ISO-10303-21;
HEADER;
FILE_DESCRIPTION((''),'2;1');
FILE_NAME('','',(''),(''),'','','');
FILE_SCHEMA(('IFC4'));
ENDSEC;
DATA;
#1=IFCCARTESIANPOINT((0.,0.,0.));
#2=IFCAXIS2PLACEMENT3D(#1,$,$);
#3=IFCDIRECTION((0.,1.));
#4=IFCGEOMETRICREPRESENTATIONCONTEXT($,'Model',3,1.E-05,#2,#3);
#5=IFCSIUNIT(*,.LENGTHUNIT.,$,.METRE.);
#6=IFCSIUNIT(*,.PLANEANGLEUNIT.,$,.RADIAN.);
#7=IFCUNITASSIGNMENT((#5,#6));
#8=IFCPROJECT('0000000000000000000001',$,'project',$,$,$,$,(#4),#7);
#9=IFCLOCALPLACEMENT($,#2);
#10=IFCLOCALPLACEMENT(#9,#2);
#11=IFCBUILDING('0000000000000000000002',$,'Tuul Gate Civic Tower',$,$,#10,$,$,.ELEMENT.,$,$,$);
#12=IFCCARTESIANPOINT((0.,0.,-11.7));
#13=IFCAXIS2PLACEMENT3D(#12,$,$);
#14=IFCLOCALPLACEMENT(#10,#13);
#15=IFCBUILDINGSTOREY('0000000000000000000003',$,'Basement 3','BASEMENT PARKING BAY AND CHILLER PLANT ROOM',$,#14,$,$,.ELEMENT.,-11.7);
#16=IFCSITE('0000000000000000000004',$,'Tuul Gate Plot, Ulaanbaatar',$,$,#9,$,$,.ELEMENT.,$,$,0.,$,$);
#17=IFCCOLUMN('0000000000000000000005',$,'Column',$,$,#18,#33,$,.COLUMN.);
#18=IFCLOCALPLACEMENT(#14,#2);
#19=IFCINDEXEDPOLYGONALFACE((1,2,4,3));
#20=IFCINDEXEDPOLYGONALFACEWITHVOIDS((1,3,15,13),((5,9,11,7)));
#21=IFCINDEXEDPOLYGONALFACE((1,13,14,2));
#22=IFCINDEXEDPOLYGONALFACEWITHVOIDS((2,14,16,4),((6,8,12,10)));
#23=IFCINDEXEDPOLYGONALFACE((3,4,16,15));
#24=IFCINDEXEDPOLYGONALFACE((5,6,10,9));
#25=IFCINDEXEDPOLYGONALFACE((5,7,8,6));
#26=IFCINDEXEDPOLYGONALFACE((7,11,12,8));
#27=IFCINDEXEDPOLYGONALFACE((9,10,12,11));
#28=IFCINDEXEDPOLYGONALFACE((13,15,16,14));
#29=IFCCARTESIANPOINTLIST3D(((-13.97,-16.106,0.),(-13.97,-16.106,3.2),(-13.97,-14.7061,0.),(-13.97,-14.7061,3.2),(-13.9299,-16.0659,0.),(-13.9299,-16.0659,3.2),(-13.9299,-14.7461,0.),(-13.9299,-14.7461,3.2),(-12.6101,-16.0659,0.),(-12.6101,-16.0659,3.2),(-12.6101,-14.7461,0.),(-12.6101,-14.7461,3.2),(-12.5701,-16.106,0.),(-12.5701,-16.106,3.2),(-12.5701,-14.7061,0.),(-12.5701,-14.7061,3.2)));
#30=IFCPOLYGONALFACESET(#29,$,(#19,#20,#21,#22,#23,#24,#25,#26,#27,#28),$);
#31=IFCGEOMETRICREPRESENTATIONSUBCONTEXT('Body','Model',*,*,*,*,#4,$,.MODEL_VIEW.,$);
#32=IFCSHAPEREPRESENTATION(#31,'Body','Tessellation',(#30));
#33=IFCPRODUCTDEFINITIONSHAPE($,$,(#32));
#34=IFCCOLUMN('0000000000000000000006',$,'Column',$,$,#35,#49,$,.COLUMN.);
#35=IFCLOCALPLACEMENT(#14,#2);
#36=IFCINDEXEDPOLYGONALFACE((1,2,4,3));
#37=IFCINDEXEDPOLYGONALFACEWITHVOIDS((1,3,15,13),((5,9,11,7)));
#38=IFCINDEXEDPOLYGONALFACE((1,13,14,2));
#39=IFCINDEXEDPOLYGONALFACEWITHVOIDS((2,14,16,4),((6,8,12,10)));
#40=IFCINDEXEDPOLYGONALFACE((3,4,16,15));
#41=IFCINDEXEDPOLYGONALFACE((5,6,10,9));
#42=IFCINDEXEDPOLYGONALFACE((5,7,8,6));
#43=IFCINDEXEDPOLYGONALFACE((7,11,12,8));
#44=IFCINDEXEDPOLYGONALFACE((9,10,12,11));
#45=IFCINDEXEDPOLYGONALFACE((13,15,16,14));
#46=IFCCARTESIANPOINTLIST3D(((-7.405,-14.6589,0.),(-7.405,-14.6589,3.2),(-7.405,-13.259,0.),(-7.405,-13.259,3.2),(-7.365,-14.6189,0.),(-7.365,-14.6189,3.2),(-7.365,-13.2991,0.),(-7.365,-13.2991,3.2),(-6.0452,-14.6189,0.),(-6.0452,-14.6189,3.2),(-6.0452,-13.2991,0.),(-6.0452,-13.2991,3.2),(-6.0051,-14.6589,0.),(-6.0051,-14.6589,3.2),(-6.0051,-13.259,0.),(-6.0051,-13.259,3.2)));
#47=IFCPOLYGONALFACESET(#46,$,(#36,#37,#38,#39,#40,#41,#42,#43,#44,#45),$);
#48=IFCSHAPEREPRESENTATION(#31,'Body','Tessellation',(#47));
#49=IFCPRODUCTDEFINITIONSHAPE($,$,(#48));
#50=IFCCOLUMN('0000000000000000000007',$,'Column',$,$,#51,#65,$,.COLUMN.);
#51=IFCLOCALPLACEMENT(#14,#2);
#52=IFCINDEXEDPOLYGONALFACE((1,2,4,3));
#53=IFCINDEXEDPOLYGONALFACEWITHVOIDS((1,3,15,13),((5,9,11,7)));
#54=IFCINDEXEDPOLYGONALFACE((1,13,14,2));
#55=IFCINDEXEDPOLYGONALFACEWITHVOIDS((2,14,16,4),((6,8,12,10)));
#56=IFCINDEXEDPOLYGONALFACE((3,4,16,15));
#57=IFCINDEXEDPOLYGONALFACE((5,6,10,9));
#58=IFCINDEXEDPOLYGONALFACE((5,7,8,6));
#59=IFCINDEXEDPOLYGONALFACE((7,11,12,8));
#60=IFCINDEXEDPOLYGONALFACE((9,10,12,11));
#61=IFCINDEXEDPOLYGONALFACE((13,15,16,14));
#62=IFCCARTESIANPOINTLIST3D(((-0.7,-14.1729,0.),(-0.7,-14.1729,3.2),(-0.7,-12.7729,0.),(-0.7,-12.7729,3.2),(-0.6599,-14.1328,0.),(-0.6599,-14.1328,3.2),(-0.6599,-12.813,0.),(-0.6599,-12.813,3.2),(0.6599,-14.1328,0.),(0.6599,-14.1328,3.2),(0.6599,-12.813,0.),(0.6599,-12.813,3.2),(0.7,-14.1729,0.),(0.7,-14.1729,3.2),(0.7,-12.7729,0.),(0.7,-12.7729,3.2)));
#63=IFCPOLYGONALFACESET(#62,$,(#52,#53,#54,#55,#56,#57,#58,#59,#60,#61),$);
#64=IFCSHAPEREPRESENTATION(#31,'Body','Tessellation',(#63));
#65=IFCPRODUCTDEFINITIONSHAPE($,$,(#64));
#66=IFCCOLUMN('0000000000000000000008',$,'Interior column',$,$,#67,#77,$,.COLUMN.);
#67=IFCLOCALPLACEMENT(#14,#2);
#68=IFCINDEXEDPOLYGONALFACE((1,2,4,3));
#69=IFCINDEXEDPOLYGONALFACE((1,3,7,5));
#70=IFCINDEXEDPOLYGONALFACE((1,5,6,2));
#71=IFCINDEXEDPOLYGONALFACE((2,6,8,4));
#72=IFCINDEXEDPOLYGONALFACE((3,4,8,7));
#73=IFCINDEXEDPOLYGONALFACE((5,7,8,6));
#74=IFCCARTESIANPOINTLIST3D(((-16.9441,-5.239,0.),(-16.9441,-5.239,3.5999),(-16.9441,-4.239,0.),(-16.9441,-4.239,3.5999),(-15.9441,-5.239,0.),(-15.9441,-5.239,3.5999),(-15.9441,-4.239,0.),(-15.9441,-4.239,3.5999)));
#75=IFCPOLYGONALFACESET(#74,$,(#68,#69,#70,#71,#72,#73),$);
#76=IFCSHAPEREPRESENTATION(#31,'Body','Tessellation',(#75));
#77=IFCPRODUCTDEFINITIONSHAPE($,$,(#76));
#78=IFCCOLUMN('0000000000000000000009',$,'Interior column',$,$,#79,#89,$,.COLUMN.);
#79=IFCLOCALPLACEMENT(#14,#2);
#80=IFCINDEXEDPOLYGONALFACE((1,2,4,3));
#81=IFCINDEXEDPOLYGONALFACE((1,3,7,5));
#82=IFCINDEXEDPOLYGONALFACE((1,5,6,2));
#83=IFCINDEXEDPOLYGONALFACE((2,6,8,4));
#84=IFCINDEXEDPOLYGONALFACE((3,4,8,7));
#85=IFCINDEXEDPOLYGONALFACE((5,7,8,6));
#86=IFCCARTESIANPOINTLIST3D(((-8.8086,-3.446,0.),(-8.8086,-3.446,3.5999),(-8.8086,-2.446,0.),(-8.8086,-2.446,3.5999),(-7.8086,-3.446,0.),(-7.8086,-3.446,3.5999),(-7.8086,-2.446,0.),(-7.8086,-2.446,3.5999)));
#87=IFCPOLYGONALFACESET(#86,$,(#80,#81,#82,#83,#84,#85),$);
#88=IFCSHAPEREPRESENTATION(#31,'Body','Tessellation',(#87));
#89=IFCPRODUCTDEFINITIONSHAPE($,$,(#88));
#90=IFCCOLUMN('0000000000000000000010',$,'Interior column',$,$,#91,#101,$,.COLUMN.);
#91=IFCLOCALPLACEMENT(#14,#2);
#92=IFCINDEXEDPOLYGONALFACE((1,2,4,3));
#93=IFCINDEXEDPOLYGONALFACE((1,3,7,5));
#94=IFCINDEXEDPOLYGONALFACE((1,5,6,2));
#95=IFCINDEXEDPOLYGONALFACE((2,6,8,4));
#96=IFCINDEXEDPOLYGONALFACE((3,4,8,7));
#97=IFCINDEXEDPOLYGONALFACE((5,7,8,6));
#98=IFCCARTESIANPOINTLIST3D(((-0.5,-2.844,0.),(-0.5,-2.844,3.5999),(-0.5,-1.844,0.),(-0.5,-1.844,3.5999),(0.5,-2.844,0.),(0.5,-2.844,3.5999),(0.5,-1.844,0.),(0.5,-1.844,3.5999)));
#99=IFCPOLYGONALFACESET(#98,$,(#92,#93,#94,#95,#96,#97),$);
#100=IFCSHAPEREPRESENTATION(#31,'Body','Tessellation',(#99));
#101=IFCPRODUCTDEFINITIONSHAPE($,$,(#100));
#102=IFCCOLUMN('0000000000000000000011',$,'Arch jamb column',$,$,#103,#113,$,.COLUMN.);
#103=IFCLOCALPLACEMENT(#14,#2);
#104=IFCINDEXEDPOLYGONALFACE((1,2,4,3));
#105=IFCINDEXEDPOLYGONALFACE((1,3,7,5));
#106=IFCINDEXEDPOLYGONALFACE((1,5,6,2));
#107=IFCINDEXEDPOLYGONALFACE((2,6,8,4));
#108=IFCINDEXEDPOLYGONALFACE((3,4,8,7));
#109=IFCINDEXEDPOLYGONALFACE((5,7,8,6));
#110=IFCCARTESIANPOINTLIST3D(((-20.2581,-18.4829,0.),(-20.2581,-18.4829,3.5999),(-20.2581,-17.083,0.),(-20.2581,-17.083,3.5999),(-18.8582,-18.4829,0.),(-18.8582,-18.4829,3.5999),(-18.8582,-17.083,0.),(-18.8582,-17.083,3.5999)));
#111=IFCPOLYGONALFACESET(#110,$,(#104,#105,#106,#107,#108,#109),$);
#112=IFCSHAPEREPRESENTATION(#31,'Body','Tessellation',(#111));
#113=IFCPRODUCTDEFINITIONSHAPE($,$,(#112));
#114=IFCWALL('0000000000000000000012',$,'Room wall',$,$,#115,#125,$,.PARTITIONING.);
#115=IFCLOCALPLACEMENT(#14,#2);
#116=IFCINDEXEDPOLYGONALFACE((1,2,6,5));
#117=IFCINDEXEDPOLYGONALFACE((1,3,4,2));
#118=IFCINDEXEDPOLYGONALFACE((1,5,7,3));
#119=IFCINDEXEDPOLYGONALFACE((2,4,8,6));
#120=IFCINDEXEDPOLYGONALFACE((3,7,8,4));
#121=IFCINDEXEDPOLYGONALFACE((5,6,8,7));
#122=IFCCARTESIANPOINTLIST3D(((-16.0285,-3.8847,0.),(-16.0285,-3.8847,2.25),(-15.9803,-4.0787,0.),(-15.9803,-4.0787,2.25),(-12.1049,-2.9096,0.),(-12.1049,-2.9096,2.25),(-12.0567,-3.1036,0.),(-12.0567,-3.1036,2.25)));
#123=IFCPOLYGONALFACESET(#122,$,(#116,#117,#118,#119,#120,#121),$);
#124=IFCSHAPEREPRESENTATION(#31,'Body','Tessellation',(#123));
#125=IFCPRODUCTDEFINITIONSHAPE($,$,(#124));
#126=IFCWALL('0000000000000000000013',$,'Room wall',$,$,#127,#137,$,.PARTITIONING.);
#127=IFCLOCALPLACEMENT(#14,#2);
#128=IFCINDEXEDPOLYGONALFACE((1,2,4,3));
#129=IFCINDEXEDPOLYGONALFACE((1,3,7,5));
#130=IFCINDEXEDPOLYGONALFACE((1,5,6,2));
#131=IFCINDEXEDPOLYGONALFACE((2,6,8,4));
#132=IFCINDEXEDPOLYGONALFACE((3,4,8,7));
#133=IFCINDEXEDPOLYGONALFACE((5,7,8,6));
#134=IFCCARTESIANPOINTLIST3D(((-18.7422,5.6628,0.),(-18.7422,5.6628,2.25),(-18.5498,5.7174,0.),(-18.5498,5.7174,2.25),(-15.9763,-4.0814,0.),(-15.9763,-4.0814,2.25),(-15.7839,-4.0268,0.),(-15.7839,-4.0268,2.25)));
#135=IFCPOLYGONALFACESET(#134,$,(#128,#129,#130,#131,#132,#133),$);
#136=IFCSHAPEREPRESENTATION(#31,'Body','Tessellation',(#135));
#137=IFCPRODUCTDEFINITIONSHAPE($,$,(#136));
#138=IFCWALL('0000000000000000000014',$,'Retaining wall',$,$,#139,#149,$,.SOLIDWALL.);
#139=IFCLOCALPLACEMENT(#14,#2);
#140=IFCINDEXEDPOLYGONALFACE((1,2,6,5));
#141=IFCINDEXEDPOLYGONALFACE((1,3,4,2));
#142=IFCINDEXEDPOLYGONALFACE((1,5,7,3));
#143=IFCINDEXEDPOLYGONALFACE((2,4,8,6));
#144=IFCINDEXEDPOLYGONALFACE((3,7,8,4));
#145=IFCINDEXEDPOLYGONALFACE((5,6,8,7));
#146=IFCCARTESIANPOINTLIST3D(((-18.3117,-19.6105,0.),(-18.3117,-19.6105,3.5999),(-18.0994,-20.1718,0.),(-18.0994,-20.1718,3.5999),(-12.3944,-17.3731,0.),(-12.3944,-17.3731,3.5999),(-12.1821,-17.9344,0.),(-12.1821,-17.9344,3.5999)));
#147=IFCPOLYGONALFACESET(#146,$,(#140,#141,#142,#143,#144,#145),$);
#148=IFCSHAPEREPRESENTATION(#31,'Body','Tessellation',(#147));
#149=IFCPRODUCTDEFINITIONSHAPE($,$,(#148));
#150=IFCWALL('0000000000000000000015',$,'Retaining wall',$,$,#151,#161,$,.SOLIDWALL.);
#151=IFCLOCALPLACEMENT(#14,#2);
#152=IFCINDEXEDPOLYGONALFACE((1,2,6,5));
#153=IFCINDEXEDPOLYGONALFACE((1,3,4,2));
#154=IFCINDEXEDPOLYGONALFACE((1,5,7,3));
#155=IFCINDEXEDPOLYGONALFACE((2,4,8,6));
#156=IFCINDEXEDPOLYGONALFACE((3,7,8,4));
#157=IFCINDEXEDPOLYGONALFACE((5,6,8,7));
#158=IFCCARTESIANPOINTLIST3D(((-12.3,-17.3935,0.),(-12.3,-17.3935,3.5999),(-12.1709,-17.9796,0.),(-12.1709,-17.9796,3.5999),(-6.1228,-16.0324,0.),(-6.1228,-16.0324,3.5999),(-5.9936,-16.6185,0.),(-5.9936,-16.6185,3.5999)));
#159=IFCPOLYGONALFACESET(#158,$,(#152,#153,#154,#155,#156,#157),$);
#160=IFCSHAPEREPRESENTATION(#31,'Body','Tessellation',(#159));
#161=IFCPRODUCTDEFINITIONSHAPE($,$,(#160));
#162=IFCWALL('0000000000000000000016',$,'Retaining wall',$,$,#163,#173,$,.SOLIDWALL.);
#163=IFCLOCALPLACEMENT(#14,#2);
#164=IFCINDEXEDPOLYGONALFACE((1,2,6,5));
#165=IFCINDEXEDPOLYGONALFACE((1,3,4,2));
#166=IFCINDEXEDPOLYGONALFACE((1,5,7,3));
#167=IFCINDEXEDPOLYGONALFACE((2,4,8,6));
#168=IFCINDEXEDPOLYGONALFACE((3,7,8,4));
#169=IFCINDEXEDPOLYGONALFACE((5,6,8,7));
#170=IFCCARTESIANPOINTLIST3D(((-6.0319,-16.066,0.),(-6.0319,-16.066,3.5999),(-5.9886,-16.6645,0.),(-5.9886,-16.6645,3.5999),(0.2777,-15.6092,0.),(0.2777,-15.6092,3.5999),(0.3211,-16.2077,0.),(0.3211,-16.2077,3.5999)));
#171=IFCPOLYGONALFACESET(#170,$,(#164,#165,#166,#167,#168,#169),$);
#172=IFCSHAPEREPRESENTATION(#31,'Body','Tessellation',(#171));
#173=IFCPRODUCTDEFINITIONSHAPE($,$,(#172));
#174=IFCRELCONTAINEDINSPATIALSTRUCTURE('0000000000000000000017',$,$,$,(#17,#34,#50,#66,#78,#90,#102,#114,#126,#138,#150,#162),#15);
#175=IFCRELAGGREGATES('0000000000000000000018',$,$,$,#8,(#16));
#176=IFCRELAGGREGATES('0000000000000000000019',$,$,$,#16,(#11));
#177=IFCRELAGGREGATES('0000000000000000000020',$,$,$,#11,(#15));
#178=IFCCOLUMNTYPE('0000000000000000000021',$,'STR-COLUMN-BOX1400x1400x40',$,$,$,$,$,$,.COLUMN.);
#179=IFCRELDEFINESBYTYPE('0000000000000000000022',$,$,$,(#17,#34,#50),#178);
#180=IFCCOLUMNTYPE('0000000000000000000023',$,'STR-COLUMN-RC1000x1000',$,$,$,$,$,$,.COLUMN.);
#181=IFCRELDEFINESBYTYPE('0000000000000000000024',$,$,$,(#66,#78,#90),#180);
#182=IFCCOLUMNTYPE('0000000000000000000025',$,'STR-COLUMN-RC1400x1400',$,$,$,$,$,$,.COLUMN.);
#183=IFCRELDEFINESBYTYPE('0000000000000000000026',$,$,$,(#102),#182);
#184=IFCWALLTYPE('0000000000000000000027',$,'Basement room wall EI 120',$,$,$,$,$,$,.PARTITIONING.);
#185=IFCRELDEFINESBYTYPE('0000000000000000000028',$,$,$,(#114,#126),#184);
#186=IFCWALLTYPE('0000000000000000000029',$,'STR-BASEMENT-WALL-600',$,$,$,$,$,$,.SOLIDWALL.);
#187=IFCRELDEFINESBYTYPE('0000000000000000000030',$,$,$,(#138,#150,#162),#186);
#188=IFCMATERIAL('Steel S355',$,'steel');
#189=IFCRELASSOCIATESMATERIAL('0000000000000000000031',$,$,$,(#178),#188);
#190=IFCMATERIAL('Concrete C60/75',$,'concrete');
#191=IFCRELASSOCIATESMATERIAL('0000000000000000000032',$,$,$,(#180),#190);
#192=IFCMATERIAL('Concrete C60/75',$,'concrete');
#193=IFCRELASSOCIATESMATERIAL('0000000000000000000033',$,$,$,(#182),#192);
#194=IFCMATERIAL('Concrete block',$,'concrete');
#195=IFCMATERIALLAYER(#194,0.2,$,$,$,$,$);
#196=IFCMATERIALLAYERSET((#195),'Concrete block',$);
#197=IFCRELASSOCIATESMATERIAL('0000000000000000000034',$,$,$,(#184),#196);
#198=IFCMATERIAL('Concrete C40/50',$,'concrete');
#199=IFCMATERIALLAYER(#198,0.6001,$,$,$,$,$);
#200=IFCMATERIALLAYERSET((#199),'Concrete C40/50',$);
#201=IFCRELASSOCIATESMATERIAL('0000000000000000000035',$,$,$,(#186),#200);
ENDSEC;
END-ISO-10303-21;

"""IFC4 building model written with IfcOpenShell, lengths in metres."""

from ifc_helpers import new_model, si_unit, direction, frame, frame_2d, origin, origin_2d, place, context, subcontext, project, spatial, rectangle, hollow_rectangle, extrude, material, layer, layer_set, material_profile, profile_set, type_object, element, save


model = new_model("IFC4")

# Units and contexts
model_context = context("Model", 3, precision=1e-05, world=origin(), true_north=direction((0.0, 1.0)))
body_context = subcontext(model_context, "Body", "Model", "MODEL_VIEW")
ifc_project = project(units=[si_unit("LENGTHUNIT", "METRE"), si_unit("PLANEANGLEUNIT", "RADIAN")], contexts=[model_context])

# Site, building, storey
site_placement = place(None, origin())
site = spatial("IfcSite", under=ifc_project, at=site_placement, Name="Tuul Gate Plot, Ulaanbaatar", CompositionType="ELEMENT", RefElevation=0.0)
building_placement = place(site_placement, origin())
building = spatial("IfcBuilding", under=site, at=building_placement, Name="Tuul Gate Civic Tower", CompositionType="ELEMENT")
storey_placement = place(building_placement, frame((0.0, 0.0, -11.7)))
storey = spatial("IfcBuildingStorey", under=building, at=storey_placement, Name="Basement 3", Description="BASEMENT PARKING BAY AND CHILLER PLANT ROOM", CompositionType="ELEMENT", Elevation=-11.7)

# Columns
ifc_material_1 = material(Name="Steel S355", Category="steel")
ifc_material_profile_1 = material_profile(ifc_material_1, hollow_rectangle(XDim=1.3999, YDim=1.3999, WallThickness=0.04, at=origin_2d()), Name="BOX1400x1400x40")
ifc_profile_set_1 = profile_set([ifc_material_profile_1], Name="Steel S355")
column_type_1 = type_object("IfcColumnType", Name="STR-COLUMN-BOX1400x1400x40", PredefinedType="COLUMN", material=ifc_profile_set_1)
for number, where, z_axis, x_axis, name in (
    (1, (-13.27, -15.406, 0.0), (0.0, 0.0, 1.0), (1.0, 0.0, 0.0), "Column"),
    (2, (-6.7051, -13.959, 0.0), (0.0, 0.0, 1.0), (1.0, 0.0, 0.0), "Column"),
    (3, (0.0, -13.4729, 0.0), (0.0, 0.0, 1.0), (1.0, 0.0, 0.0), "Column"),
):
    element("IfcColumn", number, at=place(storey_placement, frame(where, z_axis=z_axis, x_axis=x_axis)), inside=storey, type_object=column_type_1, Name=name, PredefinedType="COLUMN", context=body_context, shape_type="SweptSolid", body=[
        extrude(hollow_rectangle(XDim=1.3999, YDim=1.3999, WallThickness=0.04, at=origin_2d()), origin(), (0.0, 0.0, 1.0), 3.2),
    ])
ifc_material_2 = material(Name="Concrete C60/75", Category="concrete")
ifc_material_profile_2 = material_profile(ifc_material_2, rectangle(XDim=1.0, YDim=1.0, at=origin_2d()), Name="RC1000x1000")
ifc_profile_set_2 = profile_set([ifc_material_profile_2], Name="Concrete C60/75")
column_type_2 = type_object("IfcColumnType", Name="STR-COLUMN-RC1000x1000", PredefinedType="COLUMN", material=ifc_profile_set_2)
for number, where, z_axis, x_axis, name in (
    (4, (-16.4441, -4.739, 0.0), (0.0, 0.0, 1.0), (1.0, 0.0, 0.0), "Interior column"),
    (5, (-8.3086, -2.946, 0.0), (0.0, 0.0, 1.0), (1.0, 0.0, 0.0), "Interior column"),
    (6, (0.0, -2.344, 0.0), (0.0, 0.0, 1.0), (1.0, 0.0, 0.0), "Interior column"),
):
    element("IfcColumn", number, at=place(storey_placement, frame(where, z_axis=z_axis, x_axis=x_axis)), inside=storey, type_object=column_type_2, Name=name, PredefinedType="COLUMN", context=body_context, shape_type="SweptSolid", body=[
        extrude(rectangle(XDim=1.0, YDim=1.0, at=origin_2d()), origin(), (0.0, 0.0, 1.0), 3.5999),
    ])
ifc_material_3 = material(Name="Concrete C60/75", Category="concrete")
ifc_material_profile_3 = material_profile(ifc_material_3, rectangle(XDim=1.3999, YDim=1.3999, at=origin_2d()), Name="RC1400x1400")
ifc_profile_set_3 = profile_set([ifc_material_profile_3], Name="Concrete C60/75")
column_type_3 = type_object("IfcColumnType", Name="STR-COLUMN-RC1400x1400", PredefinedType="COLUMN", material=ifc_profile_set_3)
column_placement = place(storey_placement, frame((-19.5581, -17.783, 0.0), z_axis=(0.0, 0.0, 1.0), x_axis=(1.0, 0.0, 0.0)))
element("IfcColumn", 7, at=column_placement, inside=storey, type_object=column_type_3, Name="Arch jamb column", PredefinedType="COLUMN", context=body_context, shape_type="SweptSolid", body=[
    extrude(rectangle(XDim=1.3999, YDim=1.3999, at=origin_2d()), origin(), (0.0, 0.0, 1.0), 3.5999),
])

# Walls
ifc_material_4 = material(Name="Concrete block", Category="concrete")
ifc_layer_1 = layer(ifc_material_4, 0.2)
ifc_layer_set_1 = layer_set([ifc_layer_1], Name="Concrete block")
wall_type_1 = type_object("IfcWallType", Name="Basement room wall EI 120", PredefinedType="PARTITIONING", material=ifc_layer_set_1)
wall_1_placement = place(storey_placement, frame((-12.0808, -3.0066, 0.0), z_axis=(0.0, 0.0, 1.0), x_axis=(-0.970479, -0.241186, 0.0)))
element("IfcWall", 8, at=wall_1_placement, inside=storey, type_object=wall_type_1, Name="Room wall", PredefinedType="PARTITIONING", context=body_context, shape_type="SweptSolid", body=[
    extrude(rectangle(XDim=4.043, YDim=0.2, at=frame_2d((2.0215, 0.0))), origin(), (0.0, 0.0, 1.0), 2.25),
])
wall_2_placement = place(storey_placement, frame((-15.8801, -4.054, 0.0), z_axis=(0.0, 0.0, 1.0), x_axis=(-0.273062, 0.961996, 0.0)))
element("IfcWall", 9, at=wall_2_placement, inside=storey, type_object=wall_type_1, Name="Room wall", PredefinedType="PARTITIONING", context=body_context, shape_type="SweptSolid", body=[
    extrude(rectangle(XDim=10.1292, YDim=0.2, at=frame_2d((5.0645, 0.0))), origin(), (0.0, 0.0, 1.0), 2.25),
])
ifc_material_5 = material(Name="Concrete C40/50", Category="concrete")
ifc_layer_2 = layer(ifc_material_5, 0.6001)
ifc_layer_set_2 = layer_set([ifc_layer_2], Name="Concrete C40/50")
wall_type_2 = type_object("IfcWallType", Name="STR-BASEMENT-WALL-600", PredefinedType="SOLIDWALL", material=ifc_layer_set_2)
wall_3_placement = place(storey_placement, frame((-18.2056, -19.8911, 0.0), z_axis=(0.0, 0.0, 1.0), x_axis=(0.935373, 0.353664, 0.0)))
element("IfcWall", 10, at=wall_3_placement, inside=storey, type_object=wall_type_2, Name="Retaining wall", PredefinedType="SOLIDWALL", context=body_context, shape_type="SweptSolid", body=[
    extrude(rectangle(XDim=6.3262, YDim=0.6001, at=frame_2d((3.1631, 0.0))), origin(), (0.0, 0.0, 1.0), 3.5999),
])
wall_4_placement = place(storey_placement, frame((-12.2354, -17.6865, 0.0), z_axis=(0.0, 0.0, 1.0), x_axis=(0.976575, 0.215177, 0.0)))
element("IfcWall", 11, at=wall_4_placement, inside=storey, type_object=wall_type_2, Name="Retaining wall", PredefinedType="SOLIDWALL", context=body_context, shape_type="SweptSolid", body=[
    extrude(rectangle(XDim=6.3254, YDim=0.6001, at=frame_2d((3.1626, 0.0))), origin(), (0.0, 0.0, 1.0), 3.5999),
])
wall_5_placement = place(storey_placement, frame((-6.0103, -16.3652, 0.0), z_axis=(0.0, 0.0, 1.0), x_axis=(0.99739, 0.072207, 0.0)))
element("IfcWall", 12, at=wall_5_placement, inside=storey, type_object=wall_type_2, Name="Retaining wall", PredefinedType="SOLIDWALL", context=body_context, shape_type="SweptSolid", body=[
    extrude(rectangle(XDim=6.3262, YDim=0.6001, at=frame_2d((3.1631, 0.0))), origin(), (0.0, 0.0, 1.0), 3.5999),
])

save(model, "model.ifc")
